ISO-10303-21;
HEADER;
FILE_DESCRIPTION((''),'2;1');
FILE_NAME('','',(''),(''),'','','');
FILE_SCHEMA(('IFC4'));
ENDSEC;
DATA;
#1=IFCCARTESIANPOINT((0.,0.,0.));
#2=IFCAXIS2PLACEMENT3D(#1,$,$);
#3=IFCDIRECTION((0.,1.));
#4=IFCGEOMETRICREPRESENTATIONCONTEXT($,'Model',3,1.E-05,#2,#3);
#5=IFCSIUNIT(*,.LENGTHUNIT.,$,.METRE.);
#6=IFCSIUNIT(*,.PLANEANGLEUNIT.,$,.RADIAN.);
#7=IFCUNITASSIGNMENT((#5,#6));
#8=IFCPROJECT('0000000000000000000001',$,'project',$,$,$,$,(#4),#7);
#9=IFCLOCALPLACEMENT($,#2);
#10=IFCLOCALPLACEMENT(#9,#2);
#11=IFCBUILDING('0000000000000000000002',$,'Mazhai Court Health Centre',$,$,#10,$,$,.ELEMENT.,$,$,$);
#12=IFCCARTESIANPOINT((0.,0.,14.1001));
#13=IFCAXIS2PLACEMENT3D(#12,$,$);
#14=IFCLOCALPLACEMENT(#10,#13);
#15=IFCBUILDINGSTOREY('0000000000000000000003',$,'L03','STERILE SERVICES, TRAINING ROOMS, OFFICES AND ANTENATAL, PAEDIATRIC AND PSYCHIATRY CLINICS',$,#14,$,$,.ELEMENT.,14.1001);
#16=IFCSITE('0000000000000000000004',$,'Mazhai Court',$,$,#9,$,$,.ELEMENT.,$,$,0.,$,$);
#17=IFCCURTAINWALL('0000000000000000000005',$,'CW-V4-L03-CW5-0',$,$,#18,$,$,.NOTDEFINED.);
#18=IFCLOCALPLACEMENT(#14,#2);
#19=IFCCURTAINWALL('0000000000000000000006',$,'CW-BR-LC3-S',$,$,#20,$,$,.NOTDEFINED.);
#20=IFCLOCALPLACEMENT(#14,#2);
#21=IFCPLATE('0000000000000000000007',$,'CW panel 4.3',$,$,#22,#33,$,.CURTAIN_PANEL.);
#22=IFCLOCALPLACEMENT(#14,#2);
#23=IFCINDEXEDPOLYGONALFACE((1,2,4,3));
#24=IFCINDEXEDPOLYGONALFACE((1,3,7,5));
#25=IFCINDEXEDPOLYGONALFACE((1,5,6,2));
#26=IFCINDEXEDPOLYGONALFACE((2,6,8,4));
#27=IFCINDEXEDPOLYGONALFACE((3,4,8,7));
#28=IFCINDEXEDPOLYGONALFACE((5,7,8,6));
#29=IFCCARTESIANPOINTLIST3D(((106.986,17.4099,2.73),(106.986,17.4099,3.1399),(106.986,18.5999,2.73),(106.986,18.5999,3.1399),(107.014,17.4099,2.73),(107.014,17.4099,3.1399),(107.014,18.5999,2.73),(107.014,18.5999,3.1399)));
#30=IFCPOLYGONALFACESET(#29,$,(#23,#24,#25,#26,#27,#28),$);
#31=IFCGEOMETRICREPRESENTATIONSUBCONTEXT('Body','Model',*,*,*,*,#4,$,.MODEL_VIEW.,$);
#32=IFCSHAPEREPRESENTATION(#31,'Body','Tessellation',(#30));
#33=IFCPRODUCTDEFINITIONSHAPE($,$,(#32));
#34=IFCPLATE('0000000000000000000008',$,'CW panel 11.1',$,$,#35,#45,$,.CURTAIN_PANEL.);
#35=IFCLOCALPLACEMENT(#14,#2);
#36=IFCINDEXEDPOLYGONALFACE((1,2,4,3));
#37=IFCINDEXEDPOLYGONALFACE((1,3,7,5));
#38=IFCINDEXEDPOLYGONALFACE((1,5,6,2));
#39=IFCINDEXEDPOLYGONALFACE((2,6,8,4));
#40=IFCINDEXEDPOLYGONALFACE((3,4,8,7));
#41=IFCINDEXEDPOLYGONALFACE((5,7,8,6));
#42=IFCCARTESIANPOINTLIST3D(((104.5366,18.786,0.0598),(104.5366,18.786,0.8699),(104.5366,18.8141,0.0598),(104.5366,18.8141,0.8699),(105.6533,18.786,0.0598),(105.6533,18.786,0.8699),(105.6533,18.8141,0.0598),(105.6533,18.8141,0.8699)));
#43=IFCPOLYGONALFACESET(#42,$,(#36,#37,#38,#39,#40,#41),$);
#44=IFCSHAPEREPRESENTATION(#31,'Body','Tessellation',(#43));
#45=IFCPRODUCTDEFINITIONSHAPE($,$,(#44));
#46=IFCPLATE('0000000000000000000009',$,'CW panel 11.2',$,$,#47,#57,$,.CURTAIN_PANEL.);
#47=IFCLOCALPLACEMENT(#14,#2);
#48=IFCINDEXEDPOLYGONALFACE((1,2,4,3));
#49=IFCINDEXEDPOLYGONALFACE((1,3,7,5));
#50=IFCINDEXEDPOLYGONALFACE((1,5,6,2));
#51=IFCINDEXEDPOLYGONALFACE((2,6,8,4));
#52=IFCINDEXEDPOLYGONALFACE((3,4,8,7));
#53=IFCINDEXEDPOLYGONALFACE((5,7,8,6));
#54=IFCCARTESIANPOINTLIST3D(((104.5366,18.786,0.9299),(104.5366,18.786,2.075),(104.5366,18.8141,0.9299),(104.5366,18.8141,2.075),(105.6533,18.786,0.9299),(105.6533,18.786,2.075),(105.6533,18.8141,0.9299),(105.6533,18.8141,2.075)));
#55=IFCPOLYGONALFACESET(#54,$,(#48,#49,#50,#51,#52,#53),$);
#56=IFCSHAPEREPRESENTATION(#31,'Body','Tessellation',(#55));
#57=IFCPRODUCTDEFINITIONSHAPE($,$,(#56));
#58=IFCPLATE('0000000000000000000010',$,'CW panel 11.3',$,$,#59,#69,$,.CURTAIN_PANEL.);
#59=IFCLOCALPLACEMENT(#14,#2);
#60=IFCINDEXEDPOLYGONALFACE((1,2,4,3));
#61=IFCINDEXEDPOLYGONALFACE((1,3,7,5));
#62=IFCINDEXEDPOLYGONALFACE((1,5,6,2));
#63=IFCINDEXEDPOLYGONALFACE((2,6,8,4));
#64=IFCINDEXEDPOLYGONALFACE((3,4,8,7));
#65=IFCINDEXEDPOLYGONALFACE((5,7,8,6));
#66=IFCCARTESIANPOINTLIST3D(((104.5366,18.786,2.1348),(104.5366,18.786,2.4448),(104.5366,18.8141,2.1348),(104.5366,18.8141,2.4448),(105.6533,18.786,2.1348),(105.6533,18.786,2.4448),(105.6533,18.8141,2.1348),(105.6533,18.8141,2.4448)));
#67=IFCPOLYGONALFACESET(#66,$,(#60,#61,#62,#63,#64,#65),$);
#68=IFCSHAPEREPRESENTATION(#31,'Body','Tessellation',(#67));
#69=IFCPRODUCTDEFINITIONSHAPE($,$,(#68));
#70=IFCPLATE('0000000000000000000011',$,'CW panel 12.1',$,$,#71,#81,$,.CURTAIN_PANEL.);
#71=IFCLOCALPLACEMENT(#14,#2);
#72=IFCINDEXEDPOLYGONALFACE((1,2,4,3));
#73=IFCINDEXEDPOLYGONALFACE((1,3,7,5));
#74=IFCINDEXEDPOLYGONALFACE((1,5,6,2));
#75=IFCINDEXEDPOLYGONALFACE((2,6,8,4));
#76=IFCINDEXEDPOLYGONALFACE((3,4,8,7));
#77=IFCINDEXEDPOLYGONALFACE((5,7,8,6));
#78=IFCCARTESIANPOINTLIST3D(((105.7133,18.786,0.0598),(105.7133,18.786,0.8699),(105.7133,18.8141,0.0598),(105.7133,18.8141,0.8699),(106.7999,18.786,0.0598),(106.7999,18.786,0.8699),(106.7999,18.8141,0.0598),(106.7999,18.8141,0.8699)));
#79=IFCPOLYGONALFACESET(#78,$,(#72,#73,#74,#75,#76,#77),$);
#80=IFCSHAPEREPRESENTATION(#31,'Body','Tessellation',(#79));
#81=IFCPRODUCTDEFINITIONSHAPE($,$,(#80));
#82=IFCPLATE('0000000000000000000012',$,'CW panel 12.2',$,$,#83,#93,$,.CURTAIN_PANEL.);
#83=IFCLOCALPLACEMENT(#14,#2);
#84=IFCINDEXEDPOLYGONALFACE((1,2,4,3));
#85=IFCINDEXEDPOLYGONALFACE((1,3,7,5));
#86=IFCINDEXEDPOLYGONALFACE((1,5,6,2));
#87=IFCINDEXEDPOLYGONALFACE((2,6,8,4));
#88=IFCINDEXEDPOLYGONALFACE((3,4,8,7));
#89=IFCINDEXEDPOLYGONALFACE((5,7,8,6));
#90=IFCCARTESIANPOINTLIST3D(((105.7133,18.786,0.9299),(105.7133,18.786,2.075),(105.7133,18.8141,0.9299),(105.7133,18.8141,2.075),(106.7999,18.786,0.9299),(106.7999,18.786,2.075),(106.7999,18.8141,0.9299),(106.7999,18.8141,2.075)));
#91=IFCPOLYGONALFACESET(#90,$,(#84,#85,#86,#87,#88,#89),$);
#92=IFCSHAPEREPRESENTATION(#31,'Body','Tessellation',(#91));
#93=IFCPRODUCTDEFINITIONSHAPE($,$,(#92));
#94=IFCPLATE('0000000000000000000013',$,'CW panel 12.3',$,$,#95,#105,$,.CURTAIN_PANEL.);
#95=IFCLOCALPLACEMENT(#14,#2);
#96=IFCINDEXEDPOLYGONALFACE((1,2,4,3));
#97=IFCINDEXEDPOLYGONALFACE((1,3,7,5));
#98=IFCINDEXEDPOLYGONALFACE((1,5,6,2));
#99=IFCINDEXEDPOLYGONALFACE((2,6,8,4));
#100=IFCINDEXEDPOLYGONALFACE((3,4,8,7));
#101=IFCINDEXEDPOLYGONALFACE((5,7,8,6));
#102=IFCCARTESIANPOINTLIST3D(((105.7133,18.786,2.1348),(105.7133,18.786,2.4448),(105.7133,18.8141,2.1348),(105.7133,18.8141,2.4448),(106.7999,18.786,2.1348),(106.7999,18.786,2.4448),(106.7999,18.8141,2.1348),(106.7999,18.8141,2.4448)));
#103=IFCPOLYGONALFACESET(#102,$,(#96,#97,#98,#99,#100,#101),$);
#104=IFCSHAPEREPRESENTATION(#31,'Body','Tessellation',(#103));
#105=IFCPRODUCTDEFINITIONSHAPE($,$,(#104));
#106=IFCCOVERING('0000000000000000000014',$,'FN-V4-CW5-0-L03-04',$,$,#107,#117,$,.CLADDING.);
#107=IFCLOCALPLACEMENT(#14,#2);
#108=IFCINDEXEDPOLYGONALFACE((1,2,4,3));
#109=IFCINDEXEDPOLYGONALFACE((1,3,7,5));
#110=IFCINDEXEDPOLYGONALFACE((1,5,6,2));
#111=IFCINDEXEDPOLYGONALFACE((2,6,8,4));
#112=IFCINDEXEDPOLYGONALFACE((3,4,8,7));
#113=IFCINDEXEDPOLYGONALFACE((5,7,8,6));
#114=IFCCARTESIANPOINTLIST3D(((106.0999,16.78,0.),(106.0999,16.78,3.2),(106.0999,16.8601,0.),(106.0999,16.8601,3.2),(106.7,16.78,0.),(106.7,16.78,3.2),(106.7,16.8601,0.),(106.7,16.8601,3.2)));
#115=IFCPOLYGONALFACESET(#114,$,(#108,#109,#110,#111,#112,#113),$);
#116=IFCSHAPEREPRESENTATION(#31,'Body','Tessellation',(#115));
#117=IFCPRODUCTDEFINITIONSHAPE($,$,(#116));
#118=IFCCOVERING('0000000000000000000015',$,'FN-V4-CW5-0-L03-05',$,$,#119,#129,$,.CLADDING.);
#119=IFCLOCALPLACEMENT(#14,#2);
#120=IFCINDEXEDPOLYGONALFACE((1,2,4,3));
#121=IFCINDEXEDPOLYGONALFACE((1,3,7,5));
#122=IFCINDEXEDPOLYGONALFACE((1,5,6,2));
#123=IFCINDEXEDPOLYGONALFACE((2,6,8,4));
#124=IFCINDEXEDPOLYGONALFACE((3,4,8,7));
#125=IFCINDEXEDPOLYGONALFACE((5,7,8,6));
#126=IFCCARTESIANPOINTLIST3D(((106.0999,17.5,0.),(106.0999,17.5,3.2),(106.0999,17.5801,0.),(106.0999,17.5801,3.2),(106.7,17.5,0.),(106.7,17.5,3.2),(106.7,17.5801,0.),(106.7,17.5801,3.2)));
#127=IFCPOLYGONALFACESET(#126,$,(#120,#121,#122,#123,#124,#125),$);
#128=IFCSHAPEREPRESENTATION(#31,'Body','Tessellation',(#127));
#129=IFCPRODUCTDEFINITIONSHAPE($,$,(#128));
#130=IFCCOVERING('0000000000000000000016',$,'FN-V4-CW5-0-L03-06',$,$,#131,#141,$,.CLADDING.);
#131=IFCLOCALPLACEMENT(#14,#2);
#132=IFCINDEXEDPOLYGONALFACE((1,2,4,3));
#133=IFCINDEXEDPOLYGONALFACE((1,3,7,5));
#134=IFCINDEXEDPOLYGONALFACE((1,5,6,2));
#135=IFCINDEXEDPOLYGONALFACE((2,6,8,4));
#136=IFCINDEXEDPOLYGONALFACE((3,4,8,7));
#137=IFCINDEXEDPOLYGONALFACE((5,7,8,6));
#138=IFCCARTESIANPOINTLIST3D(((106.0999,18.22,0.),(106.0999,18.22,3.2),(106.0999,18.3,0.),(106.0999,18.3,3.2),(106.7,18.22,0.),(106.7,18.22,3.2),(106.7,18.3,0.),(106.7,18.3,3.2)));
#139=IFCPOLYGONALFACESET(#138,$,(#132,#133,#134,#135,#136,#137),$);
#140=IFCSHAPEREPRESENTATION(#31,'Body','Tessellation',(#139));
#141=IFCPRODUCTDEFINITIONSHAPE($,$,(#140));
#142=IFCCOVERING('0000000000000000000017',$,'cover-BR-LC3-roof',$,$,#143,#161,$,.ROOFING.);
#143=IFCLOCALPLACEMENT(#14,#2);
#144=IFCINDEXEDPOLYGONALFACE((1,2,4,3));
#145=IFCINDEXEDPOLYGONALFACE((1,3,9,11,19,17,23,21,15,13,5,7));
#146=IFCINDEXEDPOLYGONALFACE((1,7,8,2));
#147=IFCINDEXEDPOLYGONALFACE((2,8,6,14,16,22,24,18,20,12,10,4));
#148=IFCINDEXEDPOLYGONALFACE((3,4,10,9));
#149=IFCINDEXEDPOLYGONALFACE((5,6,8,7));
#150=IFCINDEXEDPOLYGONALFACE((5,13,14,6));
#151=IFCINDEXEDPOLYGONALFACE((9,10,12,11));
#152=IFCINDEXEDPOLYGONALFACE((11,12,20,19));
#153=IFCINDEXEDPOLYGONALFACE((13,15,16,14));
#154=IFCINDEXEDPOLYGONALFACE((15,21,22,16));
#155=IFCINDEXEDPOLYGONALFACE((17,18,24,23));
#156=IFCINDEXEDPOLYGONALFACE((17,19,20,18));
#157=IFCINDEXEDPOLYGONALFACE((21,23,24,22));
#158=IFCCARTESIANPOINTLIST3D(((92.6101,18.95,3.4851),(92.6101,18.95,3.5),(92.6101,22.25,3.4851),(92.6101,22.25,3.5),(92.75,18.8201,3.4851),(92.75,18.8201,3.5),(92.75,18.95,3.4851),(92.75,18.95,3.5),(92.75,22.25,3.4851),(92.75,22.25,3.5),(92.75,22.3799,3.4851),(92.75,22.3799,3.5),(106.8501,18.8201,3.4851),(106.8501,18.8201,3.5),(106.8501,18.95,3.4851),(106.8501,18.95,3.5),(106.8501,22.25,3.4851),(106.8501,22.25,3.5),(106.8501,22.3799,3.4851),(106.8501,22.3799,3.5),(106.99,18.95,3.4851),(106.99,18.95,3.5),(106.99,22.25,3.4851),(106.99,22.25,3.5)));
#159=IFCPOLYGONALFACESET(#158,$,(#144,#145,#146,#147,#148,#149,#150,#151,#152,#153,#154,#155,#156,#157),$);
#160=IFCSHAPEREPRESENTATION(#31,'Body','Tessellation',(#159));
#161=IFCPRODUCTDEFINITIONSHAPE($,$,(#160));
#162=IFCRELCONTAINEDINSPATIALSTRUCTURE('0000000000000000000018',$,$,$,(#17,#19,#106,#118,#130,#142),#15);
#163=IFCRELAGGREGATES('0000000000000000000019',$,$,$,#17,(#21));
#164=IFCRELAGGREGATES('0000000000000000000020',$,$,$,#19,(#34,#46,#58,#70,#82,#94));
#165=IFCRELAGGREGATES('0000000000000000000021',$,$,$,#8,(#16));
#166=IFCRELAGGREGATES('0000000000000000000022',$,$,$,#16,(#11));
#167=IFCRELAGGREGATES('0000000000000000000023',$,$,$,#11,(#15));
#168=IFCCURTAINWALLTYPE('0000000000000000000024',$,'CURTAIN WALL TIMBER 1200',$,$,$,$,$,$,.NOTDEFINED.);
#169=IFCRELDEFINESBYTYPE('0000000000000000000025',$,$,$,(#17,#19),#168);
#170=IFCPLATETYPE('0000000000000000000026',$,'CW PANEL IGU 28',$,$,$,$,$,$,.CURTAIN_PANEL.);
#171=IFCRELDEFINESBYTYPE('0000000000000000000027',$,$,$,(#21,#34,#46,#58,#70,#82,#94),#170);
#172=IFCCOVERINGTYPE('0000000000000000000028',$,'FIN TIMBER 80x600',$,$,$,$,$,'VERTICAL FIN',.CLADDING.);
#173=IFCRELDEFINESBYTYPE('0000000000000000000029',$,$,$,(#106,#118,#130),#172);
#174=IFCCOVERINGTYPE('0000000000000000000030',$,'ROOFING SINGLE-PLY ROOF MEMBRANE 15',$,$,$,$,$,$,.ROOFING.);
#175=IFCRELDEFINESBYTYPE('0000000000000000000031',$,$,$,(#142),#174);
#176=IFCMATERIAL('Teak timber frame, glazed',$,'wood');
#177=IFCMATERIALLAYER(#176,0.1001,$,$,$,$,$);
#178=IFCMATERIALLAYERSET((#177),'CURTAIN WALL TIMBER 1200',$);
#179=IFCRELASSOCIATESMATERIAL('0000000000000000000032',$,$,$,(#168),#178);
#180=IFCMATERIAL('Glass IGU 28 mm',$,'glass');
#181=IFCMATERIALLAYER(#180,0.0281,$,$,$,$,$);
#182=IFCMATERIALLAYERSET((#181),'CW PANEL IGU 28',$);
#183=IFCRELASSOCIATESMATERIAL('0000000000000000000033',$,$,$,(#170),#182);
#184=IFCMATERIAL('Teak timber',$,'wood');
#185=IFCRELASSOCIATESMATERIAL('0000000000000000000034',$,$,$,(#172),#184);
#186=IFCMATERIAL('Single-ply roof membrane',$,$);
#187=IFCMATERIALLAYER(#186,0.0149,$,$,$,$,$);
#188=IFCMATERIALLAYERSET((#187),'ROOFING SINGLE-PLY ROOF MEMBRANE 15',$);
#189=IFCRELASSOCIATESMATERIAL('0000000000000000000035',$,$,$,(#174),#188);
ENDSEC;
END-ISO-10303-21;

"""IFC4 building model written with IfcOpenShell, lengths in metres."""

from ifc_helpers import new_model, si_unit, direction, frame, origin, origin_2d, place, context, subcontext, project, spatial, polyline, rectangle, outline, extrude, material, layer, layer_set, type_object, element, aggregate, save


model = new_model("IFC4")

# Units and contexts
model_context = context("Model", 3, precision=1e-05, world=origin(), true_north=direction((0.0, 1.0)))
body_context = subcontext(model_context, "Body", "Model", "MODEL_VIEW")
ifc_project = project(units=[si_unit("LENGTHUNIT", "METRE"), si_unit("PLANEANGLEUNIT", "RADIAN")], contexts=[model_context])

# Site, building, storey
site_placement = place(None, origin())
site = spatial("IfcSite", under=ifc_project, at=site_placement, Name="Mazhai Court", CompositionType="ELEMENT", RefElevation=0.0)
building_placement = place(site_placement, origin())
building = spatial("IfcBuilding", under=site, at=building_placement, Name="Mazhai Court Health Centre", CompositionType="ELEMENT")
storey_placement = place(building_placement, frame((0.0, 0.0, 14.1001)))
storey = spatial("IfcBuildingStorey", under=building, at=storey_placement, Name="L03", Description="STERILE SERVICES, TRAINING ROOMS, OFFICES AND ANTENATAL, PAEDIATRIC AND PSYCHIATRY CLINICS", CompositionType="ELEMENT", Elevation=14.1001)

# Curtain walls
ifc_material_1 = material(Name="Teak timber frame, glazed", Category="wood")
ifc_layer_1 = layer(ifc_material_1, 0.1001)
ifc_layer_set_1 = layer_set([ifc_layer_1], Name="CURTAIN WALL TIMBER 1200")
curtain_wall_type = type_object("IfcCurtainWallType", Name="CURTAIN WALL TIMBER 1200", PredefinedType="NOTDEFINED", material=ifc_layer_set_1)
curtain_wall_1_placement = place(storey_placement, origin())
curtain_wall_1 = element("IfcCurtainWall", 1, at=curtain_wall_1_placement, inside=storey, type_object=curtain_wall_type, Name="CW-V4-L03-CW5-0", PredefinedType="NOTDEFINED")
curtain_wall_2_placement = place(storey_placement, origin())
curtain_wall_2 = element("IfcCurtainWall", 2, at=curtain_wall_2_placement, inside=storey, type_object=curtain_wall_type, Name="CW-BR-LC3-S", PredefinedType="NOTDEFINED")

# Plates
ifc_material_2 = material(Name="Glass IGU 28 mm", Category="glass")
ifc_layer_2 = layer(ifc_material_2, 0.0281)
ifc_layer_set_2 = layer_set([ifc_layer_2], Name="CW PANEL IGU 28")
plate_type = type_object("IfcPlateType", Name="CW PANEL IGU 28", PredefinedType="CURTAIN_PANEL", material=ifc_layer_set_2)
plate_1_placement = place(storey_placement, frame((107.0, 18.0049, 2.73), z_axis=(0.0, 0.0, 1.0), x_axis=(0.0, 1.0, 0.0)))
plate_1 = element("IfcPlate", 3, at=plate_1_placement, type_object=plate_type, Name="CW panel 4.3", PredefinedType="CURTAIN_PANEL", context=body_context, shape_type="SweptSolid", body=[
    extrude(rectangle(XDim=1.1899, YDim=0.0281, at=origin_2d()), origin(), (0.0, 0.0, 1.0), 0.4099),
])
aggregate(curtain_wall_1, [plate_1])
plate_2_placement = place(storey_placement, frame((105.095, 18.8, 0.0598), z_axis=(0.0, 0.0, 1.0), x_axis=(1.0, 0.0, 0.0)))
plate_2 = element("IfcPlate", 4, at=plate_2_placement, type_object=plate_type, Name="CW panel 11.1", PredefinedType="CURTAIN_PANEL", context=body_context, shape_type="SweptSolid", body=[
    extrude(rectangle(XDim=1.1167, YDim=0.0281, at=origin_2d()), origin(), (0.0, 0.0, 1.0), 0.8101),
])
plate_3_placement = place(storey_placement, frame((105.095, 18.8, 0.9299), z_axis=(0.0, 0.0, 1.0), x_axis=(1.0, 0.0, 0.0)))
plate_3 = element("IfcPlate", 5, at=plate_3_placement, type_object=plate_type, Name="CW panel 11.2", PredefinedType="CURTAIN_PANEL", context=body_context, shape_type="SweptSolid", body=[
    extrude(rectangle(XDim=1.1167, YDim=0.0281, at=origin_2d()), origin(), (0.0, 0.0, 1.0), 1.145),
])
plate_4_placement = place(storey_placement, frame((105.095, 18.8, 2.1348), z_axis=(0.0, 0.0, 1.0), x_axis=(1.0, 0.0, 0.0)))
plate_4 = element("IfcPlate", 6, at=plate_4_placement, type_object=plate_type, Name="CW panel 11.3", PredefinedType="CURTAIN_PANEL", context=body_context, shape_type="SweptSolid", body=[
    extrude(rectangle(XDim=1.1167, YDim=0.0281, at=origin_2d()), origin(), (0.0, 0.0, 1.0), 0.3101),
])
plate_5_placement = place(storey_placement, frame((106.2566, 18.8, 0.0598), z_axis=(0.0, 0.0, 1.0), x_axis=(1.0, 0.0, 0.0)))
plate_5 = element("IfcPlate", 7, at=plate_5_placement, type_object=plate_type, Name="CW panel 12.1", PredefinedType="CURTAIN_PANEL", context=body_context, shape_type="SweptSolid", body=[
    extrude(rectangle(XDim=1.0867, YDim=0.0281, at=origin_2d()), origin(), (0.0, 0.0, 1.0), 0.8101),
])
plate_6_placement = place(storey_placement, frame((106.2566, 18.8, 0.9299), z_axis=(0.0, 0.0, 1.0), x_axis=(1.0, 0.0, 0.0)))
plate_6 = element("IfcPlate", 8, at=plate_6_placement, type_object=plate_type, Name="CW panel 12.2", PredefinedType="CURTAIN_PANEL", context=body_context, shape_type="SweptSolid", body=[
    extrude(rectangle(XDim=1.0867, YDim=0.0281, at=origin_2d()), origin(), (0.0, 0.0, 1.0), 1.145),
])
plate_7_placement = place(storey_placement, frame((106.2566, 18.8, 2.1348), z_axis=(0.0, 0.0, 1.0), x_axis=(1.0, 0.0, 0.0)))
plate_7 = element("IfcPlate", 9, at=plate_7_placement, type_object=plate_type, Name="CW panel 12.3", PredefinedType="CURTAIN_PANEL", context=body_context, shape_type="SweptSolid", body=[
    extrude(rectangle(XDim=1.0867, YDim=0.0281, at=origin_2d()), origin(), (0.0, 0.0, 1.0), 0.3101),
])
aggregate(curtain_wall_2, [plate_2, plate_3, plate_4, plate_5, plate_6, plate_7])

# Coverings
ifc_material_3 = material(Name="Teak timber", Category="wood")
covering_type_1 = type_object("IfcCoveringType", Name="FIN TIMBER 80x600", ElementType="VERTICAL FIN", PredefinedType="CLADDING", material=ifc_material_3)
for number, where, z_axis, x_axis, name in (
    (10, (106.3999, 16.8201, 0.0), (0.0, 0.0, 1.0), (0.0, 1.0, 0.0), "FN-V4-CW5-0-L03-04"),
    (11, (106.3999, 17.54, 0.0), (0.0, 0.0, 1.0), (0.0, 1.0, 0.0), "FN-V4-CW5-0-L03-05"),
    (12, (106.3999, 18.26, 0.0), (0.0, 0.0, 1.0), (0.0, 1.0, 0.0), "FN-V4-CW5-0-L03-06"),
):
    element("IfcCovering", number, at=place(storey_placement, frame(where, z_axis=z_axis, x_axis=x_axis)), inside=storey, type_object=covering_type_1, Name=name, PredefinedType="CLADDING", context=body_context, shape_type="SweptSolid", body=[
        extrude(rectangle(XDim=0.0801, YDim=0.6001, at=origin_2d()), origin(), (0.0, 0.0, 1.0), 3.2),
    ])
ifc_material_4 = material(Name="Single-ply roof membrane")
ifc_layer_3 = layer(ifc_material_4, 0.0149)
ifc_layer_set_3 = layer_set([ifc_layer_3], Name="ROOFING SINGLE-PLY ROOF MEMBRANE 15")
covering_type_2 = type_object("IfcCoveringType", Name="ROOFING SINGLE-PLY ROOF MEMBRANE 15", PredefinedType="ROOFING", material=ifc_layer_set_3)
covering_placement = place(storey_placement, frame((106.99, 18.95, 3.5), z_axis=(0.0, 0.0, 1.0), x_axis=(0.0, 1.0, 0.0)))
element("IfcCovering", 13, at=covering_placement, inside=storey, type_object=covering_type_2, Name="cover-BR-LC3-roof", PredefinedType="ROOFING", context=body_context, shape_type="SweptSolid", body=[
    extrude(outline(polyline([(0.0, 0.0), (3.3, 0.0), (3.3, 0.1399), (3.4299, 0.1399), (3.4299, 14.24), (3.3, 14.24), (3.3, 14.3799), (0.0, 14.3799), (0.0, 14.24), (-0.1299, 14.24), (-0.1299, 0.1399), (0.0, 0.1399), (0.0, 0.0)])), origin(), (0.0, 0.0, -1.0), 0.0149),
])

save(model, "model.ifc")
